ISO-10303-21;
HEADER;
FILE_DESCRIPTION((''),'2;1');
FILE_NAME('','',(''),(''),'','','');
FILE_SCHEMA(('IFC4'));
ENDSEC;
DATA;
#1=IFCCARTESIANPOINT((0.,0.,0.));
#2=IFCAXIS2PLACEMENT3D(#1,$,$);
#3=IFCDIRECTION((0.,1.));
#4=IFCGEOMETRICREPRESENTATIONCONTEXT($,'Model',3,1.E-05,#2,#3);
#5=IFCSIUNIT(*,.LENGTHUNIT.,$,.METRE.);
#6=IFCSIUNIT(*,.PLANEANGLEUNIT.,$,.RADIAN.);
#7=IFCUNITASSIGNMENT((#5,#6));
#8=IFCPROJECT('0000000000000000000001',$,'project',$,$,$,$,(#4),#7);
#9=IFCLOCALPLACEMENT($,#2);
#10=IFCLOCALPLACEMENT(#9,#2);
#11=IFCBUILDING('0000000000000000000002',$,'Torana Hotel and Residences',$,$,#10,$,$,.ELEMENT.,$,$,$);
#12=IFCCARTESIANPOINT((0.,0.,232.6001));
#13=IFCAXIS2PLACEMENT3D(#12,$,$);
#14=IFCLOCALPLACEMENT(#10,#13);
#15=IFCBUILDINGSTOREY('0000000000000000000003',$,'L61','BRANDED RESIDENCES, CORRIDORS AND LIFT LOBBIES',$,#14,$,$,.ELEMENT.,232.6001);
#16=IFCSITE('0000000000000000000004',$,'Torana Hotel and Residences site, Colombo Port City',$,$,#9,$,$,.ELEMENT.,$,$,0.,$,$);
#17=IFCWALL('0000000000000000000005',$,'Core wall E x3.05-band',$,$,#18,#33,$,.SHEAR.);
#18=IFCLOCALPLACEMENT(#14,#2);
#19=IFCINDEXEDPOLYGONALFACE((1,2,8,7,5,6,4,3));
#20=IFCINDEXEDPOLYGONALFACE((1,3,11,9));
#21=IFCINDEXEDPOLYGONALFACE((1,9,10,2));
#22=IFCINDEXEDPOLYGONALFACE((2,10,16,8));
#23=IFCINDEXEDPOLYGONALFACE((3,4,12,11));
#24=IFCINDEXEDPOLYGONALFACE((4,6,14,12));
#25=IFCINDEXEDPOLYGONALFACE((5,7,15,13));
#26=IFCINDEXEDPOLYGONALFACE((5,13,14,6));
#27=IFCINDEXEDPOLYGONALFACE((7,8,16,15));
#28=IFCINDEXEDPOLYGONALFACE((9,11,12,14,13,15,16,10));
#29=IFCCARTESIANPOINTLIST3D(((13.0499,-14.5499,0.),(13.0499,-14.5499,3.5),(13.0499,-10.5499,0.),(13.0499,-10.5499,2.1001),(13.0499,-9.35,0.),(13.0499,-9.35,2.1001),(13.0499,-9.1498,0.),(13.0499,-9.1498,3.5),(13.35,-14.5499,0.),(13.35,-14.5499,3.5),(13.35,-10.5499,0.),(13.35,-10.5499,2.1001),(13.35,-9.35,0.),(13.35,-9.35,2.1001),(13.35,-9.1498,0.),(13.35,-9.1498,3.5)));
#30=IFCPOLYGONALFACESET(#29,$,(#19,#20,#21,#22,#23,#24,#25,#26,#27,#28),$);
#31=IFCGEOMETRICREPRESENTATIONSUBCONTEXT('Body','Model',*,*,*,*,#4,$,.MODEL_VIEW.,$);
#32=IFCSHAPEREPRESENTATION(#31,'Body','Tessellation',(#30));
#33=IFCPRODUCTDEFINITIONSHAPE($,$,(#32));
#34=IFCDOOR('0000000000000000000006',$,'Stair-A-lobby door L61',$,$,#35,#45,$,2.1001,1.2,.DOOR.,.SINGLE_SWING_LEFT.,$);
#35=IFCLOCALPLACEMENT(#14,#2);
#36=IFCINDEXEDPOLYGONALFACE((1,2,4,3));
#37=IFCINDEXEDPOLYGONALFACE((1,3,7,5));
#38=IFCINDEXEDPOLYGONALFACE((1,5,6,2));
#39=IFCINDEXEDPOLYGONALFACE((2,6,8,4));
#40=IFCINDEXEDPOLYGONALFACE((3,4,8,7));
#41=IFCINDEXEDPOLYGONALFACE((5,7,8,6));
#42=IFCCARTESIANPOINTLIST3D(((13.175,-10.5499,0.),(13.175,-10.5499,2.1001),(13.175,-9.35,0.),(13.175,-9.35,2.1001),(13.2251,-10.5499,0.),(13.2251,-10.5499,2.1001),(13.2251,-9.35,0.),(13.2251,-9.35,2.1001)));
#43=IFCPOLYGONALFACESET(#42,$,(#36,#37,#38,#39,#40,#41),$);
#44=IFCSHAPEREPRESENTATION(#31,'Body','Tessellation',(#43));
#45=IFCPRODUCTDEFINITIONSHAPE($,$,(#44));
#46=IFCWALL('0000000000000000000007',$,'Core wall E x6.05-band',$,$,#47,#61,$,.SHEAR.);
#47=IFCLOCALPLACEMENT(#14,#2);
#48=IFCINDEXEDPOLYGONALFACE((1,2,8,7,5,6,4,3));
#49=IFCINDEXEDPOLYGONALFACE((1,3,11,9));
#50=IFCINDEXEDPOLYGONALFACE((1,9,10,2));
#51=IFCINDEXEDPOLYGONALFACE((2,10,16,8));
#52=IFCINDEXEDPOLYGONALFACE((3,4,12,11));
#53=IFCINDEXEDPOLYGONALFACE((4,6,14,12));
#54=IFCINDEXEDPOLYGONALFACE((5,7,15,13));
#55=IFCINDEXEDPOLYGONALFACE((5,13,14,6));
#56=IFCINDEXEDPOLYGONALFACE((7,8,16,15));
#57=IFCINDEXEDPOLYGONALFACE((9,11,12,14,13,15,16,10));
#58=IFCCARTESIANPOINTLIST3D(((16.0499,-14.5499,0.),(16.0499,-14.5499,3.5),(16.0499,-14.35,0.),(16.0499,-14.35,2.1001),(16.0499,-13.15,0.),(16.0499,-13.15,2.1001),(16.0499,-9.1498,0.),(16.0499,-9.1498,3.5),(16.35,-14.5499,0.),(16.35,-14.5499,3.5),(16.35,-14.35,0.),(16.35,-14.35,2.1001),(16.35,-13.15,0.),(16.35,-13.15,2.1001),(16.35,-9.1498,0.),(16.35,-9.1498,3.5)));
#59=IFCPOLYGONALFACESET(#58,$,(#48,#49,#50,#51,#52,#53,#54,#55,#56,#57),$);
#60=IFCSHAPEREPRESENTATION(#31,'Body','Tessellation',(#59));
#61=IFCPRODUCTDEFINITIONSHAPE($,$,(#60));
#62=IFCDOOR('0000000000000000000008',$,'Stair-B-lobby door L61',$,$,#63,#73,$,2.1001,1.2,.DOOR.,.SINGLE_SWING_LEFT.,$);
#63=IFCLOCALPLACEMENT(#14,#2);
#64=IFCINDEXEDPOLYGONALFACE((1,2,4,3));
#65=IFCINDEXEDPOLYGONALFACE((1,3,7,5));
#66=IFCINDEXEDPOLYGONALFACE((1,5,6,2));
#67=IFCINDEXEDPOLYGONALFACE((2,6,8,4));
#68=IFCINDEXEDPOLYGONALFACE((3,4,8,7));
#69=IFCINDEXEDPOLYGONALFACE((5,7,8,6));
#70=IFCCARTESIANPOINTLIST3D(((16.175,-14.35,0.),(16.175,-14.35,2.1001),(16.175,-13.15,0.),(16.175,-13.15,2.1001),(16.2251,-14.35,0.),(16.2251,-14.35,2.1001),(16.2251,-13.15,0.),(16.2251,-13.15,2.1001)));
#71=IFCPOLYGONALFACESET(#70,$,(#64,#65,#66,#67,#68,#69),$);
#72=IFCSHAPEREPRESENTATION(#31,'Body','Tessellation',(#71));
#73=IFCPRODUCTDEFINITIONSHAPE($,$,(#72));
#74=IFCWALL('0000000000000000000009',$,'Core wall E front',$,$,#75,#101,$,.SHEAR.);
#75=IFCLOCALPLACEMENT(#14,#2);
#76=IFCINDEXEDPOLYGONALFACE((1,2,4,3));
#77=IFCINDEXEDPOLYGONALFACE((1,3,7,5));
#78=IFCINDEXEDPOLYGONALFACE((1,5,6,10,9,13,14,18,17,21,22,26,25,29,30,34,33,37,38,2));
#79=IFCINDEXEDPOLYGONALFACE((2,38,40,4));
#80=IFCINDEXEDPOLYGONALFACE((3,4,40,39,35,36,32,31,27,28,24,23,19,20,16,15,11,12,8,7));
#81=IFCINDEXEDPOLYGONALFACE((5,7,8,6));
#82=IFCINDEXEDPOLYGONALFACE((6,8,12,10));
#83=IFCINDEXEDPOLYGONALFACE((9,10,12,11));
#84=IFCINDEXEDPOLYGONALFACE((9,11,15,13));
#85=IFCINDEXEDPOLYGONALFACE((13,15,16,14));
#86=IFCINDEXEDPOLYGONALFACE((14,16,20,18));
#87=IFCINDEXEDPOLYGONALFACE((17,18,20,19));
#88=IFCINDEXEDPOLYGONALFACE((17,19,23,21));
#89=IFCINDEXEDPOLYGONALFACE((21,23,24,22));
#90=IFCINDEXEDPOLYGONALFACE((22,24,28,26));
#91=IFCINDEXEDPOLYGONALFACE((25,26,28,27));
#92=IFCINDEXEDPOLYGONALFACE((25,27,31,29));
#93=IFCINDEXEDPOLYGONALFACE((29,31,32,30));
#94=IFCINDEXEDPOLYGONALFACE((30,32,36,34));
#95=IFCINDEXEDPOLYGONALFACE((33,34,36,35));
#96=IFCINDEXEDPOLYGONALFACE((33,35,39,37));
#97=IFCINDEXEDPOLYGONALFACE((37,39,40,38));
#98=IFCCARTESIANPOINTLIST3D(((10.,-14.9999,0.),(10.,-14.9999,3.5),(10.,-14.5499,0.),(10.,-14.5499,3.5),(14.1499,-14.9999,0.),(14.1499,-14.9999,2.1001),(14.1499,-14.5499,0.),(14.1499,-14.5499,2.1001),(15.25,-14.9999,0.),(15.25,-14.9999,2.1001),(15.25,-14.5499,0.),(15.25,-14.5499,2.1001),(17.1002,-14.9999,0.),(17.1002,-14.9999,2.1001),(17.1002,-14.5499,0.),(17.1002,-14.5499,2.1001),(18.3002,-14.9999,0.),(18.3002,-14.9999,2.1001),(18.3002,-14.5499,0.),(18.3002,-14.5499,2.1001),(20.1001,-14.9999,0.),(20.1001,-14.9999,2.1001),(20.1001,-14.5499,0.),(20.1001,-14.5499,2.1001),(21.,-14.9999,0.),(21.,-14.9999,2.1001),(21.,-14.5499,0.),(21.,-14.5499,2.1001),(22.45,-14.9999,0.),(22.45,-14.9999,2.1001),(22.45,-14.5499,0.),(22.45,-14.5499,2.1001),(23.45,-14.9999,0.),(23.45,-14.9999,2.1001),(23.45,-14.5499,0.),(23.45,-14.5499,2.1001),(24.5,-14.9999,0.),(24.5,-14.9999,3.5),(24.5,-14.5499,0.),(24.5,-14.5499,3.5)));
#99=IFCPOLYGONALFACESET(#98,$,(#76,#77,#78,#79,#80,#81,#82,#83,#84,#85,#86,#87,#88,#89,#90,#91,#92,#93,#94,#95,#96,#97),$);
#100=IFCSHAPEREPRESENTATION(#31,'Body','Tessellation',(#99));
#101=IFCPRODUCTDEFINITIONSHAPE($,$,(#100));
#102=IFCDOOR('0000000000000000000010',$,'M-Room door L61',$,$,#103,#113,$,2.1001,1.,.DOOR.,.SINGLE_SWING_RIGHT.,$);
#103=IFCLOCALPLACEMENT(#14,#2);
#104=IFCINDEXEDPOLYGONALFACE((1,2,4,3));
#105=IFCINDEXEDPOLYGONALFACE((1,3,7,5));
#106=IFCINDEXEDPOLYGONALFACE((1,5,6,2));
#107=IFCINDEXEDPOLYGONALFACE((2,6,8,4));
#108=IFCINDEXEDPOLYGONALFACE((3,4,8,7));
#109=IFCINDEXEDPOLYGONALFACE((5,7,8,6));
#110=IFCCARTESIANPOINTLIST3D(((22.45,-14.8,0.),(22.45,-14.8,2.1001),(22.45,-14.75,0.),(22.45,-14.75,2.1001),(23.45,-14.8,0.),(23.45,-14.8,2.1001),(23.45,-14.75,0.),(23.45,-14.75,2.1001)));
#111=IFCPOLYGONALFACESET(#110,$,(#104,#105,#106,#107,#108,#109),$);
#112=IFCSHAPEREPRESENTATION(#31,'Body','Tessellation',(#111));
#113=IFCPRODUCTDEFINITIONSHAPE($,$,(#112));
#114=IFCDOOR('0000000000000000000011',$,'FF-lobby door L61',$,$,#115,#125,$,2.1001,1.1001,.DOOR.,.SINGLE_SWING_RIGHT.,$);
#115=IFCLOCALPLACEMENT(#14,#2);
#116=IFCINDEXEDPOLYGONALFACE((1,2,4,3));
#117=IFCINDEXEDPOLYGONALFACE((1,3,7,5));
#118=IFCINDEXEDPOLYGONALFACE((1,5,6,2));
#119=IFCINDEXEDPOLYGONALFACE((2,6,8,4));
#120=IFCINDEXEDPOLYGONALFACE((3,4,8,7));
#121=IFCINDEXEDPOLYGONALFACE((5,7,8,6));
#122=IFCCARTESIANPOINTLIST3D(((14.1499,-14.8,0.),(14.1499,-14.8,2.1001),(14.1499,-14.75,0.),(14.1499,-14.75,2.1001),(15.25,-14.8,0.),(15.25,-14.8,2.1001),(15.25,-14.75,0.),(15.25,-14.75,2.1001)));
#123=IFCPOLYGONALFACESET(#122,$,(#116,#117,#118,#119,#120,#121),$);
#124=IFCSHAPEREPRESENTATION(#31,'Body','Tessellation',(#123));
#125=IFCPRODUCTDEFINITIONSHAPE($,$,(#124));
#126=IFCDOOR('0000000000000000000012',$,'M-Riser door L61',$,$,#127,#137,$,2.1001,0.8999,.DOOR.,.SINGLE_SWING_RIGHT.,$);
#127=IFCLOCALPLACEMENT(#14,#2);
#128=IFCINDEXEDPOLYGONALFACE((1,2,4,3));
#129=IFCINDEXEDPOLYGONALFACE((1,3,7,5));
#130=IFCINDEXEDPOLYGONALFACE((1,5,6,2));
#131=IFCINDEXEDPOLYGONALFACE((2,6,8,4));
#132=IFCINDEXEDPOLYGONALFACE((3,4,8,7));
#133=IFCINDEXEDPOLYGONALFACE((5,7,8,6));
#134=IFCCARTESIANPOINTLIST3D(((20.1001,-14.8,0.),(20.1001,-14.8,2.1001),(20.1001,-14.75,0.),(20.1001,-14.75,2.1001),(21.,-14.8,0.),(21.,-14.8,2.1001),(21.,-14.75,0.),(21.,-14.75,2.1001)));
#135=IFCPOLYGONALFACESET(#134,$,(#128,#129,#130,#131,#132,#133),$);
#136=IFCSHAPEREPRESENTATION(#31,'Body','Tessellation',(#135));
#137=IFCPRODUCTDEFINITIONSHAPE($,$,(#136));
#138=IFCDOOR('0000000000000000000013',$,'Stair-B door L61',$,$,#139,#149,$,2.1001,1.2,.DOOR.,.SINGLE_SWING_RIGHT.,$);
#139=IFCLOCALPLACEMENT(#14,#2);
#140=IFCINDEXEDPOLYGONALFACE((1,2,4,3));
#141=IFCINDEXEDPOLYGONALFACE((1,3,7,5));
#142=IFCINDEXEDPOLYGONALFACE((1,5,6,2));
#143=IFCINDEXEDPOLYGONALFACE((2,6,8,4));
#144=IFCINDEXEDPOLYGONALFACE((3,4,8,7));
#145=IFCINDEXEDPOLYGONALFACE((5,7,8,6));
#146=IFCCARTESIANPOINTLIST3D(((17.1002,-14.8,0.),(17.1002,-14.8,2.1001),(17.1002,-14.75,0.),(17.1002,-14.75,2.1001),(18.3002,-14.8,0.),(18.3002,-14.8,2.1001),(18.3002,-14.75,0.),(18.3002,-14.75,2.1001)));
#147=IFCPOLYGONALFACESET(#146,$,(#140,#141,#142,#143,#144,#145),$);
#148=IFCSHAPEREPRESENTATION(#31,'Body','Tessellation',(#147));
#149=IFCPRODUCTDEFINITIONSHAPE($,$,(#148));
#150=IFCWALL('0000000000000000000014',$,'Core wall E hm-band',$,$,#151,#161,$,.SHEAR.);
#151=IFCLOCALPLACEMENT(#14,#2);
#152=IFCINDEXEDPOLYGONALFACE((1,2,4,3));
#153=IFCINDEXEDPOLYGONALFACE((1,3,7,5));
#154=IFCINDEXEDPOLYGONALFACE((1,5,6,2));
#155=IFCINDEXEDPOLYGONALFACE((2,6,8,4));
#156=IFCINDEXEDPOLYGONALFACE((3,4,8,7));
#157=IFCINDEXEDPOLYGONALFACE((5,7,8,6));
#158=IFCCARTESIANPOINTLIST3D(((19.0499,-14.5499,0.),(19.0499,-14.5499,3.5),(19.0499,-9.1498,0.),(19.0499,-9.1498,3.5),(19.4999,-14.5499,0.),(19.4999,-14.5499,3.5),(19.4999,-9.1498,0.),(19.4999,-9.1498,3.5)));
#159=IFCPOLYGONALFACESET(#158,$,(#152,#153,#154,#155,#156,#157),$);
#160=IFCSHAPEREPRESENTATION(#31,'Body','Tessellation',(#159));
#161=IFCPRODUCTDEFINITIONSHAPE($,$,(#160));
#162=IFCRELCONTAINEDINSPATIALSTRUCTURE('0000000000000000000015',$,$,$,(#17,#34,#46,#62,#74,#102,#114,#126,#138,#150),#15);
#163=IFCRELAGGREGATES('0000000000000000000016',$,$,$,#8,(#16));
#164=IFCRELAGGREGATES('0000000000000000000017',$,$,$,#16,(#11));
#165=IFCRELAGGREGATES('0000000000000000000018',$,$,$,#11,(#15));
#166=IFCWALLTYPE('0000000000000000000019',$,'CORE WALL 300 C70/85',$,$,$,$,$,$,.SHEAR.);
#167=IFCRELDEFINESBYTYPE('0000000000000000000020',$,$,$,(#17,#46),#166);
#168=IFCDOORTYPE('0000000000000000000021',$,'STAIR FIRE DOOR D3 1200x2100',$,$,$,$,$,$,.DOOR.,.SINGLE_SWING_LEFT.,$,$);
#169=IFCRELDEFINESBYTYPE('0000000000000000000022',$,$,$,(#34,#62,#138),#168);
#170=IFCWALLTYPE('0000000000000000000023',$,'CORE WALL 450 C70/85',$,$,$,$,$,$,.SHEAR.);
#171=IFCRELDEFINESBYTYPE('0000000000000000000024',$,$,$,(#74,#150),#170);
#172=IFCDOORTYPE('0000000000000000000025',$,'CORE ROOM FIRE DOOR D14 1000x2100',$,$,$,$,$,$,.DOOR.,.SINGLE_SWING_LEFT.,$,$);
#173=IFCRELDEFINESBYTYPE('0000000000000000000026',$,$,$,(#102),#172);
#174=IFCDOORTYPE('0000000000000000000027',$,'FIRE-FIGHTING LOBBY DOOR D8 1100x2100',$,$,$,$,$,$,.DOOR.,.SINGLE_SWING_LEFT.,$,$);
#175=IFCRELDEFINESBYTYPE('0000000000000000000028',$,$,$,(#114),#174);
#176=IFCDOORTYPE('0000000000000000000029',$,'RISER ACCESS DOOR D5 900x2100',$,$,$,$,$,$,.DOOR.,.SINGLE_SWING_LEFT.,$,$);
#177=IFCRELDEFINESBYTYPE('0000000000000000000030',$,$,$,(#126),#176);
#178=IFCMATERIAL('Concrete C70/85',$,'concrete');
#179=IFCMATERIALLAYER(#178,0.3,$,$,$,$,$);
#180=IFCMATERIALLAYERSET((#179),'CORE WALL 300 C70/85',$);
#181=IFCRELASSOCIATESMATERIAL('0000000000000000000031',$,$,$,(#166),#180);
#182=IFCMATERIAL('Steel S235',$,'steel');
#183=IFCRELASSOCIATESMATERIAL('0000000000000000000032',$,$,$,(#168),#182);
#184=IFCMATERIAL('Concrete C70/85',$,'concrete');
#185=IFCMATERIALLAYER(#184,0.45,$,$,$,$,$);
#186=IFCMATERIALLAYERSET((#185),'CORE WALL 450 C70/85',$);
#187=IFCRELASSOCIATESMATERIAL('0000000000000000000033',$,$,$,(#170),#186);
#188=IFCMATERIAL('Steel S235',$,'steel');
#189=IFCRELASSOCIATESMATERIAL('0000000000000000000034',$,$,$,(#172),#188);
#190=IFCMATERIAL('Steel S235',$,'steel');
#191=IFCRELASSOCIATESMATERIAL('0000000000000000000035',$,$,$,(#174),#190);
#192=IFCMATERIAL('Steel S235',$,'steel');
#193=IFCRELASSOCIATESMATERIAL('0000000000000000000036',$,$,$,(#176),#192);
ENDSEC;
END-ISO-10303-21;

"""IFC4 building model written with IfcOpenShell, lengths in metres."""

from ifc_helpers import new_model, si_unit, direction, frame, frame_2d, origin, place, context, subcontext, project, spatial, rectangle, extrude, material, layer, layer_set, type_object, element, fill, save


model = new_model("IFC4")

# Units and contexts
model_context = context("Model", 3, precision=1e-05, world=origin(), true_north=direction((0.0, 1.0)))
body_context = subcontext(model_context, "Body", "Model", "MODEL_VIEW")
ifc_project = project(units=[si_unit("LENGTHUNIT", "METRE"), si_unit("PLANEANGLEUNIT", "RADIAN")], contexts=[model_context])

# Site, building, storey
site_placement = place(None, origin())
site = spatial("IfcSite", under=ifc_project, at=site_placement, Name="Torana Hotel and Residences site, Colombo Port City", CompositionType="ELEMENT", RefElevation=0.0)
building_placement = place(site_placement, origin())
building = spatial("IfcBuilding", under=site, at=building_placement, Name="Torana Hotel and Residences", CompositionType="ELEMENT")
storey_placement = place(building_placement, frame((0.0, 0.0, 232.6001)))
storey = spatial("IfcBuildingStorey", under=building, at=storey_placement, Name="L61", Description="BRANDED RESIDENCES, CORRIDORS AND LIFT LOBBIES", CompositionType="ELEMENT", Elevation=232.6001)

# Walls, openings, doors
ifc_material_1 = material(Name="Concrete C70/85", Category="concrete")
ifc_layer_1 = layer(ifc_material_1, 0.3)
ifc_layer_set_1 = layer_set([ifc_layer_1], Name="CORE WALL 300 C70/85")
wall_type_1 = type_object("IfcWallType", Name="CORE WALL 300 C70/85", PredefinedType="SHEAR", material=ifc_layer_set_1)
wall_1_placement = place(storey_placement, frame((13.2, -14.55, 0.0), z_axis=(0.0, 0.0, 1.0), x_axis=(0.0, 1.0, 0.0)))
wall_1 = element("IfcWall", 1, at=wall_1_placement, inside=storey, type_object=wall_type_1, Name="Core wall E x3.05-band", PredefinedType="SHEAR", context=body_context, shape_type="SweptSolid", body=[
    extrude(rectangle(XDim=5.4001, YDim=0.3, at=frame_2d((2.7002, 0.0))), origin(), (0.0, 0.0, 1.0), 3.5),
])
opening_1_placement = place(wall_1_placement, frame((4.0, 0.0, 0.0)))
opening_1 = element("IfcOpeningElement", 2, at=opening_1_placement, cuts=wall_1, PredefinedType="OPENING", context=body_context, shape_type="SweptSolid", body=[
    extrude(rectangle(XDim=1.2, YDim=2.1001, at=frame_2d((0.6001, 1.05))), frame((0.0, 0.1599, 0.0), z_axis=(0.0, -1.0, 0.0), x_axis=(1.0, 0.0, 0.0)), (0.0, 0.0, 1.0), 0.3201),
])
ifc_material_2 = material(Name="Steel S235", Category="steel")
door_type_1 = type_object("IfcDoorType", Name="STAIR FIRE DOOR D3 1200x2100", OperationType="SINGLE_SWING_LEFT", PredefinedType="DOOR", material=ifc_material_2)
door_1_placement = place(opening_1_placement, origin())
door_1 = element("IfcDoor", 3, at=door_1_placement, inside=storey, type_object=door_type_1, Name="Stair-A-lobby door L61", OperationType="SINGLE_SWING_LEFT", OverallHeight=2.1001, OverallWidth=1.2, PredefinedType="DOOR", context=body_context, shape_type="SweptSolid", body=[
    extrude(rectangle(XDim=1.2, YDim=2.1001, at=frame_2d((0.6001, 1.05))), frame((0.0, 0.0249, 0.0), z_axis=(0.0, -1.0, 0.0), x_axis=(1.0, 0.0, 0.0)), (0.0, 0.0, 1.0), 0.05),
])
fill(opening_1, door_1)
wall_2_placement = place(storey_placement, frame((16.2, -14.55, 0.0), z_axis=(0.0, 0.0, 1.0), x_axis=(0.0, 1.0, 0.0)))
wall_2 = element("IfcWall", 4, at=wall_2_placement, inside=storey, type_object=wall_type_1, Name="Core wall E x6.05-band", PredefinedType="SHEAR", context=body_context, shape_type="SweptSolid", body=[
    extrude(rectangle(XDim=5.4001, YDim=0.3, at=frame_2d((2.7002, 0.0))), origin(), (0.0, 0.0, 1.0), 3.5),
])
opening_2_placement = place(wall_2_placement, frame((0.2, 0.0, 0.0)))
opening_2 = element("IfcOpeningElement", 5, at=opening_2_placement, cuts=wall_2, PredefinedType="OPENING", context=body_context, shape_type="SweptSolid", body=[
    extrude(rectangle(XDim=1.2, YDim=2.1001, at=frame_2d((0.6001, 1.05))), frame((0.0, 0.1599, 0.0), z_axis=(0.0, -1.0, 0.0), x_axis=(1.0, 0.0, 0.0)), (0.0, 0.0, 1.0), 0.3201),
])
door_2_placement = place(opening_2_placement, frame((0.6001, 0.0, 0.0), z_axis=(0.0, 0.0, 1.0), x_axis=(-1.0, 0.0, 0.0)))
door_2 = element("IfcDoor", 6, at=door_2_placement, inside=storey, type_object=door_type_1, Name="Stair-B-lobby door L61", OperationType="SINGLE_SWING_LEFT", OverallHeight=2.1001, OverallWidth=1.2, PredefinedType="DOOR", context=body_context, shape_type="SweptSolid", body=[
    extrude(rectangle(XDim=1.2, YDim=2.1001, at=frame_2d((0.0, 1.05))), frame((0.0, -0.0249, 0.0), z_axis=(0.0, 1.0, 0.0), x_axis=(-1.0, 0.0, 0.0)), (0.0, 0.0, 1.0), 0.05),
])
fill(opening_2, door_2)

# Wall, openings, doors
ifc_material_3 = material(Name="Concrete C70/85", Category="concrete")
ifc_layer_2 = layer(ifc_material_3, 0.45)
ifc_layer_set_2 = layer_set([ifc_layer_2], Name="CORE WALL 450 C70/85")
wall_type_2 = type_object("IfcWallType", Name="CORE WALL 450 C70/85", PredefinedType="SHEAR", material=ifc_layer_set_2)
wall_3_placement = place(storey_placement, frame((10.0, -14.7749, 0.0), z_axis=(0.0, 0.0, 1.0), x_axis=(1.0, 0.0, 0.0)))
wall_3 = element("IfcWall", 7, at=wall_3_placement, inside=storey, type_object=wall_type_2, Name="Core wall E front", PredefinedType="SHEAR", context=body_context, shape_type="SweptSolid", body=[
    extrude(rectangle(XDim=14.5, YDim=0.45, at=frame_2d((7.25, 0.0))), origin(), (0.0, 0.0, 1.0), 3.5),
])
opening_3_placement = place(wall_3_placement, frame((7.1001, 0.0, 0.0)))
opening_3 = element("IfcOpeningElement", 8, at=opening_3_placement, cuts=wall_3, PredefinedType="OPENING", context=body_context, shape_type="SweptSolid", body=[
    extrude(rectangle(XDim=1.2, YDim=2.1001, at=frame_2d((0.6001, 1.05))), frame((0.0, 0.2349, 0.0), z_axis=(0.0, -1.0, 0.0), x_axis=(1.0, 0.0, 0.0)), (0.0, 0.0, 1.0), 0.47),
])
opening_4_placement = place(wall_3_placement, frame((4.1499, 0.0, 0.0)))
opening_4 = element("IfcOpeningElement", 9, at=opening_4_placement, cuts=wall_3, PredefinedType="OPENING", context=body_context, shape_type="SweptSolid", body=[
    extrude(rectangle(XDim=1.1001, YDim=2.1001, at=frame_2d((0.55, 1.05))), frame((0.0, 0.2349, 0.0), z_axis=(0.0, -1.0, 0.0), x_axis=(1.0, 0.0, 0.0)), (0.0, 0.0, 1.0), 0.47),
])
opening_5_placement = place(wall_3_placement, frame((10.1001, 0.0, 0.0)))
opening_5 = element("IfcOpeningElement", 10, at=opening_5_placement, cuts=wall_3, PredefinedType="OPENING", context=body_context, shape_type="SweptSolid", body=[
    extrude(rectangle(XDim=0.8999, YDim=2.1001, at=frame_2d((0.45, 1.05))), frame((0.0, 0.2349, 0.0), z_axis=(0.0, -1.0, 0.0), x_axis=(1.0, 0.0, 0.0)), (0.0, 0.0, 1.0), 0.47),
])
opening_6_placement = place(wall_3_placement, frame((12.45, 0.0, 0.0)))
opening_6 = element("IfcOpeningElement", 11, at=opening_6_placement, cuts=wall_3, PredefinedType="OPENING", context=body_context, shape_type="SweptSolid", body=[
    extrude(rectangle(XDim=1.0, YDim=2.1001, at=frame_2d((0.5, 1.05))), frame((0.0, 0.2349, 0.0), z_axis=(0.0, -1.0, 0.0), x_axis=(1.0, 0.0, 0.0)), (0.0, 0.0, 1.0), 0.47),
])
ifc_material_4 = material(Name="Steel S235", Category="steel")
door_type_2 = type_object("IfcDoorType", Name="CORE ROOM FIRE DOOR D14 1000x2100", OperationType="SINGLE_SWING_LEFT", PredefinedType="DOOR", material=ifc_material_4)
door_3_placement = place(opening_6_placement, origin())
door_3 = element("IfcDoor", 12, at=door_3_placement, inside=storey, type_object=door_type_2, Name="M-Room door L61", OperationType="SINGLE_SWING_RIGHT", OverallHeight=2.1001, OverallWidth=1.0, PredefinedType="DOOR", context=body_context, shape_type="SweptSolid", body=[
    extrude(rectangle(XDim=1.0, YDim=2.1001, at=frame_2d((0.5, 1.05))), frame((0.0, 0.0249, 0.0), z_axis=(0.0, -1.0, 0.0), x_axis=(1.0, 0.0, 0.0)), (0.0, 0.0, 1.0), 0.05),
])
fill(opening_6, door_3)
ifc_material_5 = material(Name="Steel S235", Category="steel")
door_type_3 = type_object("IfcDoorType", Name="FIRE-FIGHTING LOBBY DOOR D8 1100x2100", OperationType="SINGLE_SWING_LEFT", PredefinedType="DOOR", material=ifc_material_5)
door_4_placement = place(opening_4_placement, origin())
door_4 = element("IfcDoor", 13, at=door_4_placement, inside=storey, type_object=door_type_3, Name="FF-lobby door L61", OperationType="SINGLE_SWING_RIGHT", OverallHeight=2.1001, OverallWidth=1.1001, PredefinedType="DOOR", context=body_context, shape_type="SweptSolid", body=[
    extrude(rectangle(XDim=1.1001, YDim=2.1001, at=frame_2d((0.55, 1.05))), frame((0.0, 0.0249, 0.0), z_axis=(0.0, -1.0, 0.0), x_axis=(1.0, 0.0, 0.0)), (0.0, 0.0, 1.0), 0.05),
])
fill(opening_4, door_4)
ifc_material_6 = material(Name="Steel S235", Category="steel")
door_type_4 = type_object("IfcDoorType", Name="RISER ACCESS DOOR D5 900x2100", OperationType="SINGLE_SWING_LEFT", PredefinedType="DOOR", material=ifc_material_6)
door_5_placement = place(opening_5_placement, origin())
door_5 = element("IfcDoor", 14, at=door_5_placement, inside=storey, type_object=door_type_4, Name="M-Riser door L61", OperationType="SINGLE_SWING_RIGHT", OverallHeight=2.1001, OverallWidth=0.8999, PredefinedType="DOOR", context=body_context, shape_type="SweptSolid", body=[
    extrude(rectangle(XDim=0.8999, YDim=2.1001, at=frame_2d((0.45, 1.05))), frame((0.0, 0.0249, 0.0), z_axis=(0.0, -1.0, 0.0), x_axis=(1.0, 0.0, 0.0)), (0.0, 0.0, 1.0), 0.05),
])
fill(opening_5, door_5)
door_6_placement = place(opening_3_placement, origin())
door_6 = element("IfcDoor", 15, at=door_6_placement, inside=storey, type_object=door_type_1, Name="Stair-B door L61", OperationType="SINGLE_SWING_RIGHT", OverallHeight=2.1001, OverallWidth=1.2, PredefinedType="DOOR", context=body_context, shape_type="SweptSolid", body=[
    extrude(rectangle(XDim=1.2, YDim=2.1001, at=frame_2d((0.6001, 1.05))), frame((0.0, 0.0249, 0.0), z_axis=(0.0, -1.0, 0.0), x_axis=(1.0, 0.0, 0.0)), (0.0, 0.0, 1.0), 0.05),
])
fill(opening_3, door_6)

# Wall
wall_4_placement = place(storey_placement, frame((19.2749, -14.55, 0.0), z_axis=(0.0, 0.0, 1.0), x_axis=(0.0, 1.0, 0.0)))
element("IfcWall", 16, at=wall_4_placement, inside=storey, type_object=wall_type_2, Name="Core wall E hm-band", PredefinedType="SHEAR", context=body_context, shape_type="SweptSolid", body=[
    extrude(rectangle(XDim=5.4001, YDim=0.45, at=frame_2d((2.7002, 0.0))), origin(), (0.0, 0.0, 1.0), 3.5),
])

save(model, "model.ifc")
